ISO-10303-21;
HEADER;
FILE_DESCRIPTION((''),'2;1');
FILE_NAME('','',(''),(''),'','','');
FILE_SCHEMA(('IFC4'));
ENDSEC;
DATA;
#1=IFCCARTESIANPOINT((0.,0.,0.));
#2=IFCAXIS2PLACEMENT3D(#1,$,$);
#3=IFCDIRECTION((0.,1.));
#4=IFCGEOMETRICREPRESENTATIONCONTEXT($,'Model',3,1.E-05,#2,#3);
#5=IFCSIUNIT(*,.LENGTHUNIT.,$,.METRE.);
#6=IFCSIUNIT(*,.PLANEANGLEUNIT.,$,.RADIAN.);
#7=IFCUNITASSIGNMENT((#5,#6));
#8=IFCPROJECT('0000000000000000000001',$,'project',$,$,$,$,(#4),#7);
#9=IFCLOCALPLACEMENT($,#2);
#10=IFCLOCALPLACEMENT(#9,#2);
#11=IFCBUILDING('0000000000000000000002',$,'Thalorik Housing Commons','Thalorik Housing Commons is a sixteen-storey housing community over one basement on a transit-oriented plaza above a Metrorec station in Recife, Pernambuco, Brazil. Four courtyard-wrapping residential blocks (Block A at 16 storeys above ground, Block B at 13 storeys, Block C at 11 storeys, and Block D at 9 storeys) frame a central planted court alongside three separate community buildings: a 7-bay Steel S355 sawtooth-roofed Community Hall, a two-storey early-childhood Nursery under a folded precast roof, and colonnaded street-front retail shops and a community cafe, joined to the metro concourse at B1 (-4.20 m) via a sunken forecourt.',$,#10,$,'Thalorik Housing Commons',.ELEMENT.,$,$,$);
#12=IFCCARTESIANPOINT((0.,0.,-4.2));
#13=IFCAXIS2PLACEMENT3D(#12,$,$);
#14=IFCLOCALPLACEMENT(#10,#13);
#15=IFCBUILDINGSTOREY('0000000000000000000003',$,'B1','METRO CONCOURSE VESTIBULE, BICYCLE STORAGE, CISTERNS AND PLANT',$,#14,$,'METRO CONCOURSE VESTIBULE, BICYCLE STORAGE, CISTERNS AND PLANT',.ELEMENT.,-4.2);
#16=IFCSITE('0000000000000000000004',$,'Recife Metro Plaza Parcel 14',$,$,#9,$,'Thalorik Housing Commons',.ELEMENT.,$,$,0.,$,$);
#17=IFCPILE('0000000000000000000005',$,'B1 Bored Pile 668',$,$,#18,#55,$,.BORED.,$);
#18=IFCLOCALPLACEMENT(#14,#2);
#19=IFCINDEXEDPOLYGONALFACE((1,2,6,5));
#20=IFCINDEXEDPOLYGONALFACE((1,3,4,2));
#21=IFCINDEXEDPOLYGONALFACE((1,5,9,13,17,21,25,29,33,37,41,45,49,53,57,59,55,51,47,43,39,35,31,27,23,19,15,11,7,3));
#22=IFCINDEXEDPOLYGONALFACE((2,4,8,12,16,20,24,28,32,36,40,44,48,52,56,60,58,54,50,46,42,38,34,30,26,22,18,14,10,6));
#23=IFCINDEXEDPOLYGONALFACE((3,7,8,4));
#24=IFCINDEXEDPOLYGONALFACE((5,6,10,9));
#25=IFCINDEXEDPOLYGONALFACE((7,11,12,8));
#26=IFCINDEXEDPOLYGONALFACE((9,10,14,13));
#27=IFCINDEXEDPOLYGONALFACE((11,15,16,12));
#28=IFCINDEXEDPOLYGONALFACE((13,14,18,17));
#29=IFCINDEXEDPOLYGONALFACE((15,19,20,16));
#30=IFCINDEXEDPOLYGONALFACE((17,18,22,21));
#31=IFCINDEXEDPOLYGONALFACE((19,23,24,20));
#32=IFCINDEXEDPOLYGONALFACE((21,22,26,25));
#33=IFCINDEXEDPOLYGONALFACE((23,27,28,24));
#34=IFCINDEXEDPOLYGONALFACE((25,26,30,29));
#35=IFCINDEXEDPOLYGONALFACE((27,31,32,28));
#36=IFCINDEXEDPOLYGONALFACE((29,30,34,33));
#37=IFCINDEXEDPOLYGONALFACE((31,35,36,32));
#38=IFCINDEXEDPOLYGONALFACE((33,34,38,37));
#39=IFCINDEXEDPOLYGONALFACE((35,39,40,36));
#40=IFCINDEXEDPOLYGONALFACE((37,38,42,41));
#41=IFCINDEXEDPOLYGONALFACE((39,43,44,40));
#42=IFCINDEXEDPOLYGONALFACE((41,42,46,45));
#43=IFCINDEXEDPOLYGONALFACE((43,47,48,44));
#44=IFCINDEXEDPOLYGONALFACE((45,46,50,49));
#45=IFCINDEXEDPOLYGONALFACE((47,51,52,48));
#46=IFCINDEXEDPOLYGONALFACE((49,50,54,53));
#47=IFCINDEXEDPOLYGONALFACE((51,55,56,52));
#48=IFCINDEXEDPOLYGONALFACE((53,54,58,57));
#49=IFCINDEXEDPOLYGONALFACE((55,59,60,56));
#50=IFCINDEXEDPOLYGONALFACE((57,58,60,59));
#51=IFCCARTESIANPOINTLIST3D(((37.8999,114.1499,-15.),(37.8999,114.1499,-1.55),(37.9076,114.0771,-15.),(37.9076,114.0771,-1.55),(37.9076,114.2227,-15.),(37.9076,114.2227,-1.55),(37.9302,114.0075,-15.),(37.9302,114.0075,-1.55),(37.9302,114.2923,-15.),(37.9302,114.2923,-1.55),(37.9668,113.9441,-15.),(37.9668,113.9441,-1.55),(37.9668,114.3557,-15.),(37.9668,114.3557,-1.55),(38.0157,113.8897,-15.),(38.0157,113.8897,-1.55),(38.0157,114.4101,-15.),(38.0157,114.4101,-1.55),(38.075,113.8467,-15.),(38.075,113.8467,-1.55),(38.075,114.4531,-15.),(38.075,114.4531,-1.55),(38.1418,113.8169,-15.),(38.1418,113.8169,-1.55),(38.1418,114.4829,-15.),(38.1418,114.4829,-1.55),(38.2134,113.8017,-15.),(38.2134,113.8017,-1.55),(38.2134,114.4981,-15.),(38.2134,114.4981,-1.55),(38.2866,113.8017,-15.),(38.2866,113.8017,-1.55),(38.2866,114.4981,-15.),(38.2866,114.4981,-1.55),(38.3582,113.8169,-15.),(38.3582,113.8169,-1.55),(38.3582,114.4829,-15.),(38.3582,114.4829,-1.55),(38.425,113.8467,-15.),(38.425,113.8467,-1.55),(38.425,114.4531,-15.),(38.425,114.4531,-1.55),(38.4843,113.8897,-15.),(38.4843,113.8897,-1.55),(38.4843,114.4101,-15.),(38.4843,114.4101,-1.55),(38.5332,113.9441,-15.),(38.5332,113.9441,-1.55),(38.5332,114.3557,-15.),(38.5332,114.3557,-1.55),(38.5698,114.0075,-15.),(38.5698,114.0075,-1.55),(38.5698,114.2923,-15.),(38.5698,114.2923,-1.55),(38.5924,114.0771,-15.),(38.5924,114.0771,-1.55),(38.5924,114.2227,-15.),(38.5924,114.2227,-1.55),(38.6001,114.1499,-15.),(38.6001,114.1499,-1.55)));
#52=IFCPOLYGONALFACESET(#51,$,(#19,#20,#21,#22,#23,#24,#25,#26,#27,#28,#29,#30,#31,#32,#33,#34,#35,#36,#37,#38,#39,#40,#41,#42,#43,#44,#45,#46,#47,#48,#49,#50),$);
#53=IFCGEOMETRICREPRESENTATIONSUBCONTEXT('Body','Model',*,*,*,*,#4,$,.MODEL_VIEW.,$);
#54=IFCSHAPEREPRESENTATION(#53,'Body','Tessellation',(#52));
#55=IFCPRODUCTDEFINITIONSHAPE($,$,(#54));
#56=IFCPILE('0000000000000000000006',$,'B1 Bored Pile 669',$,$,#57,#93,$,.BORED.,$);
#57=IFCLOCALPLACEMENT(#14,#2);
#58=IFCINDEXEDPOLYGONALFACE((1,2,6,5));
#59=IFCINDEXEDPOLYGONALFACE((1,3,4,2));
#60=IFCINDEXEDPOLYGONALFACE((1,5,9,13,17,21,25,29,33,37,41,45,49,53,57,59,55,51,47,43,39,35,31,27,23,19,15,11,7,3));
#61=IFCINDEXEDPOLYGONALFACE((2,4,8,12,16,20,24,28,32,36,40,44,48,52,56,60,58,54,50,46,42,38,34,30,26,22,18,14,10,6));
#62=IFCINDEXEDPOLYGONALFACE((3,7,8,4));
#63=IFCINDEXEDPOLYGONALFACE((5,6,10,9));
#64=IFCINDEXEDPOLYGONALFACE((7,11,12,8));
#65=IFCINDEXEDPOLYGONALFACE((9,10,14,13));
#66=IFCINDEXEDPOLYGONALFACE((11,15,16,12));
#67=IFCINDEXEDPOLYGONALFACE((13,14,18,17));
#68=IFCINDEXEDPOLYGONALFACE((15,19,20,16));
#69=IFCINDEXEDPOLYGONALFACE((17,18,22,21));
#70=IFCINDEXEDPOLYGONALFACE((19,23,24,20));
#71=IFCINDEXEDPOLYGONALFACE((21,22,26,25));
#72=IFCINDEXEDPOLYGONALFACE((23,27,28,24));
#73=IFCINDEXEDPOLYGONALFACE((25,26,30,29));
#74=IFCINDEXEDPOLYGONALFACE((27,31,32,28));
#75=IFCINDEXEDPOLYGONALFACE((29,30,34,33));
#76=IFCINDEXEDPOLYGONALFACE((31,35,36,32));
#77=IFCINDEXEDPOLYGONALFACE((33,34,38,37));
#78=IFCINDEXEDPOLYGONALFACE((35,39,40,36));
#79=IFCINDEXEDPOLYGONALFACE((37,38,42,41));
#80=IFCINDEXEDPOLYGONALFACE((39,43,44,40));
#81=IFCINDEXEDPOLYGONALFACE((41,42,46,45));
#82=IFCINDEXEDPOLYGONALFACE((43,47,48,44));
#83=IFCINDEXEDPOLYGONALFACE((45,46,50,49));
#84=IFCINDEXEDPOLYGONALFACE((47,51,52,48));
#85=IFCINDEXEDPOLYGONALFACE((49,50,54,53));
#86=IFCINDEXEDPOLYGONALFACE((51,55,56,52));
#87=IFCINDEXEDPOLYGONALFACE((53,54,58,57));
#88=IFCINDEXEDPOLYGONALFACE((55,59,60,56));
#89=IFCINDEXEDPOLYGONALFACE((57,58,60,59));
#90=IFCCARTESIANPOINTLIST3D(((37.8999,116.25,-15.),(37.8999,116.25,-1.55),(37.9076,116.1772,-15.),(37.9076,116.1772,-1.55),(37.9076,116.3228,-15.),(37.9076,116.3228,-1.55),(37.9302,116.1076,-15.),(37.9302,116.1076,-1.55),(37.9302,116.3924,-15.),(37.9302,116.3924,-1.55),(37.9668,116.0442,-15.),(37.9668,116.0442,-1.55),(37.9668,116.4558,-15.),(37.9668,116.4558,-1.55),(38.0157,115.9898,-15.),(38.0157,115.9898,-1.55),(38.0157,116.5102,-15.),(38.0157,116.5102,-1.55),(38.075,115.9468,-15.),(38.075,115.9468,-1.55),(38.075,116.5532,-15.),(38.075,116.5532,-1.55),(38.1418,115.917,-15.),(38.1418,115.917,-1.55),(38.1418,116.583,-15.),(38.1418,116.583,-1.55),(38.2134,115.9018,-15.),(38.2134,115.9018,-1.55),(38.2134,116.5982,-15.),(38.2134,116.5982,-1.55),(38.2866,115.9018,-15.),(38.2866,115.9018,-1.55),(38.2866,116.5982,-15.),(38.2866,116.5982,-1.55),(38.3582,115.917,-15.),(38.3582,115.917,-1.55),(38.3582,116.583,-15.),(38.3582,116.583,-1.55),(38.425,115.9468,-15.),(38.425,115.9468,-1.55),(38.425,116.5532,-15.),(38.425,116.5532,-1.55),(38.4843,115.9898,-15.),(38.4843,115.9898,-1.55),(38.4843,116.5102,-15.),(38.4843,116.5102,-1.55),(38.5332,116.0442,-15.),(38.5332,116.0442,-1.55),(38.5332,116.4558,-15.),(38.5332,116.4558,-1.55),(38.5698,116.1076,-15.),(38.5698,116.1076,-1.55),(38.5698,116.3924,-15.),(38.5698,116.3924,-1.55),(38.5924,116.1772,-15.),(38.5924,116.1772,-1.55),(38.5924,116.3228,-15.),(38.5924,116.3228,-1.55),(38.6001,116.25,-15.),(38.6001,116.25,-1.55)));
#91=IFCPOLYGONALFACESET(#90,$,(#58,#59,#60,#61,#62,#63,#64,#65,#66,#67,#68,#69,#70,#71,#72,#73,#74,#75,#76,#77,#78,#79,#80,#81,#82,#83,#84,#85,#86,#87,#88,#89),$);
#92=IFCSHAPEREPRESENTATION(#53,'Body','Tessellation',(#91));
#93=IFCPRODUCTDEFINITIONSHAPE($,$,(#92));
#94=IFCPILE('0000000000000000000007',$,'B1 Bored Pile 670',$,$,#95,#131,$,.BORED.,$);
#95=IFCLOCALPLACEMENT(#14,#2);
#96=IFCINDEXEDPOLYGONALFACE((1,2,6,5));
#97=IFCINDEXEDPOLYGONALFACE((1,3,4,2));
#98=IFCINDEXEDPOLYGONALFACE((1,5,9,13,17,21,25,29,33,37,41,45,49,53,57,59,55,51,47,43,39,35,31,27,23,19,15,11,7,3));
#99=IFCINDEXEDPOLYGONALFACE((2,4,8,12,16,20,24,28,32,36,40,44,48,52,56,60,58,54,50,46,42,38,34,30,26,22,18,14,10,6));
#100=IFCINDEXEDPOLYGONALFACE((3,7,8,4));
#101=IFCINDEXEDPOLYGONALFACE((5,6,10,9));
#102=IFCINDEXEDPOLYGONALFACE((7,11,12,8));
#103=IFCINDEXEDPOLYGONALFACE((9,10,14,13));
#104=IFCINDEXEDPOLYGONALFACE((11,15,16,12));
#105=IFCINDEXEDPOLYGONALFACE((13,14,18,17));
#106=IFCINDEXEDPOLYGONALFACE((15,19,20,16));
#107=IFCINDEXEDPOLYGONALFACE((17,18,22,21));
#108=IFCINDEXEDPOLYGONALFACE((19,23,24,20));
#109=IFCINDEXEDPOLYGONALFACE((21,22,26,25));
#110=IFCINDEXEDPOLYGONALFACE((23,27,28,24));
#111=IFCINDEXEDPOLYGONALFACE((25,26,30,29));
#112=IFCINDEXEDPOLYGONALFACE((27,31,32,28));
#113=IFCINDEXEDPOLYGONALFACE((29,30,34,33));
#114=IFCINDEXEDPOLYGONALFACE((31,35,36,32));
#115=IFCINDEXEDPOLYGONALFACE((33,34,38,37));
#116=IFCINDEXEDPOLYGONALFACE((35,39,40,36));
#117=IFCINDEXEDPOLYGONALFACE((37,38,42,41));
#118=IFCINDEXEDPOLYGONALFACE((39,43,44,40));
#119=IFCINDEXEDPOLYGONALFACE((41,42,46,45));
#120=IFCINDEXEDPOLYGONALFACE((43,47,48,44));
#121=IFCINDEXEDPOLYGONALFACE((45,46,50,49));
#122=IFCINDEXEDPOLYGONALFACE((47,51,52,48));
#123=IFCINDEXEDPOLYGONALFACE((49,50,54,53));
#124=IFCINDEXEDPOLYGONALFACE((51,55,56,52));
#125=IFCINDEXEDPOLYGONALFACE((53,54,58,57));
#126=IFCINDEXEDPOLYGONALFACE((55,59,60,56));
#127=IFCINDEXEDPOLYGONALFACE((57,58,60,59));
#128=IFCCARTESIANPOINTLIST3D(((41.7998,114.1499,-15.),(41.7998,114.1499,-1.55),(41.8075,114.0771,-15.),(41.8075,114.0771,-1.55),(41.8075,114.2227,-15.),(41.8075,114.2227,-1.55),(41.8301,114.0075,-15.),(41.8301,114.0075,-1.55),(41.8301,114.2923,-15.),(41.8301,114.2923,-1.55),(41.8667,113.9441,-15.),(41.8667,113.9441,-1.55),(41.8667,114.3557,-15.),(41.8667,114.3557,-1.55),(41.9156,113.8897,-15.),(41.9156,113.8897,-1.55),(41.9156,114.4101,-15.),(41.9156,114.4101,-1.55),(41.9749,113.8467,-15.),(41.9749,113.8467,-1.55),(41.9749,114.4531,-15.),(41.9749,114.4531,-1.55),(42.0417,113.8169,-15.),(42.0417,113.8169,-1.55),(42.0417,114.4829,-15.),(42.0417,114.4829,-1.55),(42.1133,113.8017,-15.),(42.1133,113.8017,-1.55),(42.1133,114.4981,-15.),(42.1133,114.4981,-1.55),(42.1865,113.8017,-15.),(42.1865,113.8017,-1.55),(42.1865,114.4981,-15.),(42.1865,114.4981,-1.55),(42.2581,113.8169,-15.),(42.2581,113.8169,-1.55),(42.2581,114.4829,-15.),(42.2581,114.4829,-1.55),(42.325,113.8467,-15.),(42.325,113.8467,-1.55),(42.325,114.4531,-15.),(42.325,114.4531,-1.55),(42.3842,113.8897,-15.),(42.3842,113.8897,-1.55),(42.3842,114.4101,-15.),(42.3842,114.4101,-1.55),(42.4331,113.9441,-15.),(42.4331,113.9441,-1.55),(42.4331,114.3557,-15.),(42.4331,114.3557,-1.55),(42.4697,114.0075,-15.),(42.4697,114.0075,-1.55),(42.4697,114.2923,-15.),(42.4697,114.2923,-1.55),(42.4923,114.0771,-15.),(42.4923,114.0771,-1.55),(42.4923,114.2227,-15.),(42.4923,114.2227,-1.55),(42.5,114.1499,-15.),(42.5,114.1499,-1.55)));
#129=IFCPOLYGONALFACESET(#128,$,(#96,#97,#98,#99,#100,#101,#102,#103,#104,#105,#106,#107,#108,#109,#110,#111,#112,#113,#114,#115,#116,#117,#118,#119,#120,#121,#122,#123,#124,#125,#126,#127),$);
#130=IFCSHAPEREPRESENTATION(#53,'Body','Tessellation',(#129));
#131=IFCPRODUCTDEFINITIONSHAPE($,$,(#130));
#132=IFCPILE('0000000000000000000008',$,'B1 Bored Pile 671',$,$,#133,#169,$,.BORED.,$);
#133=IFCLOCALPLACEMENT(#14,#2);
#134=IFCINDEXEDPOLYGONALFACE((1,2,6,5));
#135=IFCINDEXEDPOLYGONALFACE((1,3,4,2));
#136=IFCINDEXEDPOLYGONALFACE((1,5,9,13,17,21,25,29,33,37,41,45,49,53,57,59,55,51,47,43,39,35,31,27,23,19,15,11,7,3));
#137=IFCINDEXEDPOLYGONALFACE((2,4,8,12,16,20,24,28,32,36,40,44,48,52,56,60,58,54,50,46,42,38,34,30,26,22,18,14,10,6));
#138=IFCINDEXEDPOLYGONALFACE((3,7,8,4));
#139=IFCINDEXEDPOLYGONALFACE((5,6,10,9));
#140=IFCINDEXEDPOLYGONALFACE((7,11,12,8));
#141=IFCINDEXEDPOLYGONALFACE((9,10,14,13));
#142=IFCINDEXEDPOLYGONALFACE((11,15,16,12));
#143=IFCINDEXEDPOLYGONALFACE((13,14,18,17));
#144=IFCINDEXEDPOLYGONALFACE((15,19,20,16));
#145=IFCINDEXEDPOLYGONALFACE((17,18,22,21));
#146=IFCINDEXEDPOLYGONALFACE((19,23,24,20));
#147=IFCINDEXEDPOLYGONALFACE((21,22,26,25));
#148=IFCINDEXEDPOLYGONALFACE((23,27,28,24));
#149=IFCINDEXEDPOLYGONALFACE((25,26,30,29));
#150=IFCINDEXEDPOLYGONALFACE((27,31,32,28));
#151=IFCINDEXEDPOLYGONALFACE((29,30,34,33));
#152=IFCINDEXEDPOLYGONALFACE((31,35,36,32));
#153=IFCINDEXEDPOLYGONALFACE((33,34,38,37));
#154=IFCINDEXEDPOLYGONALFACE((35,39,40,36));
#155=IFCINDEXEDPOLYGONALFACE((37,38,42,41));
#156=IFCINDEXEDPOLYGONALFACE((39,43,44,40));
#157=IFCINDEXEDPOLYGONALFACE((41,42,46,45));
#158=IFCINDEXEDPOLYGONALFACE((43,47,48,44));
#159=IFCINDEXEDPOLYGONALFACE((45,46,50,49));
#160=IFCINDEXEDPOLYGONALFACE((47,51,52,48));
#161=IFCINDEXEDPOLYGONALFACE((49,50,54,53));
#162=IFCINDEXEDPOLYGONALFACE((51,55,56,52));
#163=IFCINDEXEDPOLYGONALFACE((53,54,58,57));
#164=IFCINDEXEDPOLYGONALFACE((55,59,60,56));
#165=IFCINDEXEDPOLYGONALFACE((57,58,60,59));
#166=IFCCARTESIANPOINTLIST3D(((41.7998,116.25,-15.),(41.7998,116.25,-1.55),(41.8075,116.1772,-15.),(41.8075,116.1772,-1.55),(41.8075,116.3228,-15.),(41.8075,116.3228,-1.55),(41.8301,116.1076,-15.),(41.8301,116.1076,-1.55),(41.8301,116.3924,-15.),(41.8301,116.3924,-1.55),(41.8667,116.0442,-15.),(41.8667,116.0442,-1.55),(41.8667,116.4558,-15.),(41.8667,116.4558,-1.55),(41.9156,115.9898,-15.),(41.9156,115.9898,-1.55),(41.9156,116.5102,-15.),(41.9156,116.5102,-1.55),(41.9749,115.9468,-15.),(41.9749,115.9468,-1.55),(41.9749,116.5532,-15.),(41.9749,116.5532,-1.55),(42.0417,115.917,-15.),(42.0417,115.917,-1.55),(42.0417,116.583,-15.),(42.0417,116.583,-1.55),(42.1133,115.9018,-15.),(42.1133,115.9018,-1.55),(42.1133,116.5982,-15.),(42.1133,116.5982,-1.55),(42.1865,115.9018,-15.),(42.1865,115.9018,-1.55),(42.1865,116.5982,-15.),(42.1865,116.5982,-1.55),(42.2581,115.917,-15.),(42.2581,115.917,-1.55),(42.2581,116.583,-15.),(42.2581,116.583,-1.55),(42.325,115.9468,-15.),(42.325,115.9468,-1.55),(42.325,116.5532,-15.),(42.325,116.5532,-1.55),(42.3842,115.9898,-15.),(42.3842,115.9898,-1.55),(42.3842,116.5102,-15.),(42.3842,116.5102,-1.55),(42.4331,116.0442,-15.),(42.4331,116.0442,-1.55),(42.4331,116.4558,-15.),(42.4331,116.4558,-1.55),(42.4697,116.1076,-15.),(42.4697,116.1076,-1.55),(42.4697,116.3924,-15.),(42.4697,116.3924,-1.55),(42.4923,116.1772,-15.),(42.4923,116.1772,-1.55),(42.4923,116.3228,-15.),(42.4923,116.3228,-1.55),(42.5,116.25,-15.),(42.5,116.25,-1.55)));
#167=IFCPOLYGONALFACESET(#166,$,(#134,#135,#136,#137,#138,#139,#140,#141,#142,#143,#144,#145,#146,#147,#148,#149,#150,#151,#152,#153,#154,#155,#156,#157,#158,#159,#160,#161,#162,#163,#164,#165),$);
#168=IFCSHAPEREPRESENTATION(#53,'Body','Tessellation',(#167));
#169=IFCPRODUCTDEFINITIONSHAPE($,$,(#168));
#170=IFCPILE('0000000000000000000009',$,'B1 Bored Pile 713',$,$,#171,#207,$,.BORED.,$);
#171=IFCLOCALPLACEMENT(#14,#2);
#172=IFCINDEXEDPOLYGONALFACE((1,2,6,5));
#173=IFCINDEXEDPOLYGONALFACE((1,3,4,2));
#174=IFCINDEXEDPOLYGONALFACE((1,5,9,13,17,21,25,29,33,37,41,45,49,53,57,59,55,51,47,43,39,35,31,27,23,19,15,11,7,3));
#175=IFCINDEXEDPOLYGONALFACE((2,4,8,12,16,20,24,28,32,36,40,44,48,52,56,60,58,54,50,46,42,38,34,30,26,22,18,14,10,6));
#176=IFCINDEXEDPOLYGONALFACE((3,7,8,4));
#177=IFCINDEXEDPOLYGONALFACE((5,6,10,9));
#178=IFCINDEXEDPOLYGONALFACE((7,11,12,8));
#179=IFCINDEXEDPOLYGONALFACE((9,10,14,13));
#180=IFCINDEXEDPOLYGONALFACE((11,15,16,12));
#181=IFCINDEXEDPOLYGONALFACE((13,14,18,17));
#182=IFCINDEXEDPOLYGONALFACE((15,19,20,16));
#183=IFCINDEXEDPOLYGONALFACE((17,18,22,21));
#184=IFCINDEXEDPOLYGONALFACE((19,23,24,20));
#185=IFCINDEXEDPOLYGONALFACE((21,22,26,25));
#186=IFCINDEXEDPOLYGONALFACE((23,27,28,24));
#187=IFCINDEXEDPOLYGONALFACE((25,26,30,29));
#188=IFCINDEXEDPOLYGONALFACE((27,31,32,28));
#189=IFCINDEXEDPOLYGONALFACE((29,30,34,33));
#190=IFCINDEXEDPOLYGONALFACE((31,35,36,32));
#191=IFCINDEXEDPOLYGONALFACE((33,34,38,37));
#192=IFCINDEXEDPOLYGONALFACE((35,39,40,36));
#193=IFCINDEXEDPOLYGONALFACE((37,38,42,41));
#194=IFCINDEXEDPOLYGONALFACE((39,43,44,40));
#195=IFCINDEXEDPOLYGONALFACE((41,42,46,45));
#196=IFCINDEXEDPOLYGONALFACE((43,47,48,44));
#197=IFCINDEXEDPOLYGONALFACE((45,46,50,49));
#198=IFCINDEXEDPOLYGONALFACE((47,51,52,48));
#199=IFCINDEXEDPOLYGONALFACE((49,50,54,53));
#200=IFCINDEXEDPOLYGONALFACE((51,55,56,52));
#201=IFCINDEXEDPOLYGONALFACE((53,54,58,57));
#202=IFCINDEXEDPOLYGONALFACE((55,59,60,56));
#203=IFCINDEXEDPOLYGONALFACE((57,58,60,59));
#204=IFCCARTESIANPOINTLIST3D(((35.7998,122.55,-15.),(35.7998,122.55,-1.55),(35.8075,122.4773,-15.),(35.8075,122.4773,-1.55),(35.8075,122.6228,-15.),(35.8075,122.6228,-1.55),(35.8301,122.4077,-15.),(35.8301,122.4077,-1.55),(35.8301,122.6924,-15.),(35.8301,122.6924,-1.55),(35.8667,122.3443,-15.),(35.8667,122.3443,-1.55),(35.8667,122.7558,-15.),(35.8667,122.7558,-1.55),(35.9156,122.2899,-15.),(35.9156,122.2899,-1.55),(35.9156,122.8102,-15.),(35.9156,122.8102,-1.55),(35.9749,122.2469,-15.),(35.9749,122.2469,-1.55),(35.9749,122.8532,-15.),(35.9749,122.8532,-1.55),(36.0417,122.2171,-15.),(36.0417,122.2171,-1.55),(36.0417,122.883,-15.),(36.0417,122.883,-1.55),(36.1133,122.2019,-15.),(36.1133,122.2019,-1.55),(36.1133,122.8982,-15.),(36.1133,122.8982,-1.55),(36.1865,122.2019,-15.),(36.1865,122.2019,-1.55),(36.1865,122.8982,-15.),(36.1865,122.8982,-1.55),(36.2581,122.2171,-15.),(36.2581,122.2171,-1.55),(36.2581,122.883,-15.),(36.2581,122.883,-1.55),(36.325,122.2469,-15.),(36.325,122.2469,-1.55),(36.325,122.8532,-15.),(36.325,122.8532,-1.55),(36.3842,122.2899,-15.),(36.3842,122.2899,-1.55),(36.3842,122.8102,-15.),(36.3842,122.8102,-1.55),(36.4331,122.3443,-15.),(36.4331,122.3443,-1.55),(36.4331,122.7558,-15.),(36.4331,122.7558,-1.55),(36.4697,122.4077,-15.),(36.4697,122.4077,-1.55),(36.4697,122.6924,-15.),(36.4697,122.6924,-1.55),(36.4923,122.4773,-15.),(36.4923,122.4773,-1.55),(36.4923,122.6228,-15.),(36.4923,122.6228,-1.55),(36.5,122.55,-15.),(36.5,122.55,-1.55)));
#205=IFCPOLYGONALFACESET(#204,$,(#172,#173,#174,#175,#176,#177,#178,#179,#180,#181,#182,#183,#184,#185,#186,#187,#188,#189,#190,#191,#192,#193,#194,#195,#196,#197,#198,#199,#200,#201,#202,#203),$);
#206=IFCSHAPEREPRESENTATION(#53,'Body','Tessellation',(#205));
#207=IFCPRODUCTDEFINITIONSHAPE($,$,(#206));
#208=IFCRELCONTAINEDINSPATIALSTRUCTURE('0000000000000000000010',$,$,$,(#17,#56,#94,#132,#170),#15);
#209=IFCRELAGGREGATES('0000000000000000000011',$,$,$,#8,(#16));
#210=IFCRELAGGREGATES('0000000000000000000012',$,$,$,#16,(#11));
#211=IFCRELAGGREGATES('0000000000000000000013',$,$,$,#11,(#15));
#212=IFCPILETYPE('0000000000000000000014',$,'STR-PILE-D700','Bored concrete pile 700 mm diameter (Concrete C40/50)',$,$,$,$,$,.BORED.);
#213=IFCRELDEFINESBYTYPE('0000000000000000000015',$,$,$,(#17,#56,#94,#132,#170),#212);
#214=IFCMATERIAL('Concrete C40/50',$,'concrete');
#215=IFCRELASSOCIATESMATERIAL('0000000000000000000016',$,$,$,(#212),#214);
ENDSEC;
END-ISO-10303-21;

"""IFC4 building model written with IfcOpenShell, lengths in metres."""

from ifc_helpers import new_model, si_unit, direction, frame, origin, origin_2d, place, context, subcontext, project, spatial, circle, extrude, material, material_profile, profile_set, type_object, element, save


model = new_model("IFC4")

# Units and contexts
model_context = context("Model", 3, precision=1e-05, world=origin(), true_north=direction((0.0, 1.0)))
body_context = subcontext(model_context, "Body", "Model", "MODEL_VIEW")
ifc_project = project(units=[si_unit("LENGTHUNIT", "METRE"), si_unit("PLANEANGLEUNIT", "RADIAN")], contexts=[model_context])

# Site, building, storey
site_placement = place(None, origin())
site = spatial("IfcSite", under=ifc_project, at=site_placement, Name="Recife Metro Plaza Parcel 14", LongName="Thalorik Housing Commons", CompositionType="ELEMENT", RefElevation=0.0)
building_placement = place(site_placement, origin())
building = spatial("IfcBuilding", under=site, at=building_placement, Name="Thalorik Housing Commons", Description="Thalorik Housing Commons is a sixteen-storey housing community over one basement on a transit-oriented plaza above a Metrorec station in Recife, Pernambuco, Brazil. Four courtyard-wrapping residential blocks (Block A at 16 storeys above ground, Block B at 13 storeys, Block C at 11 storeys, and Block D at 9 storeys) frame a central planted court alongside three separate community buildings: a 7-bay Steel S355 sawtooth-roofed Community Hall, a two-storey early-childhood Nursery under a folded precast roof, and colonnaded street-front retail shops and a community cafe, joined to the metro concourse at B1 (-4.20 m) via a sunken forecourt.", LongName="Thalorik Housing Commons", CompositionType="ELEMENT")
storey_placement = place(building_placement, frame((0.0, 0.0, -4.2)))
storey = spatial("IfcBuildingStorey", under=building, at=storey_placement, Name="B1", Description="METRO CONCOURSE VESTIBULE, BICYCLE STORAGE, CISTERNS AND PLANT", LongName="METRO CONCOURSE VESTIBULE, BICYCLE STORAGE, CISTERNS AND PLANT", CompositionType="ELEMENT", Elevation=-4.2)

# Shared definitions
ifc_material_1 = material(Name="Concrete C40/50", Category="concrete")

# Piles
ifc_material_profile_1 = material_profile(ifc_material_1, circle(Radius=0.3501, at=origin_2d()), Name="BORED PILE D700", Category="concrete")
ifc_profile_set_1 = profile_set([ifc_material_profile_1], Name="Concrete C40/50")
pile_type = type_object("IfcPileType", Name="STR-PILE-D700", Description="Bored concrete pile 700 mm diameter (Concrete C40/50)", PredefinedType="BORED", material=ifc_profile_set_1)
for number, where, z_axis, x_axis, name in (
    (1, (38.25, 114.1499, -1.55), (0.0, 0.0, -1.0), (1.0, 0.0, 0.0), "B1 Bored Pile 668"),
    (2, (38.25, 116.25, -1.55), (0.0, 0.0, -1.0), (1.0, 0.0, 0.0), "B1 Bored Pile 669"),
    (3, (42.1499, 114.1499, -1.55), (0.0, 0.0, -1.0), (1.0, 0.0, 0.0), "B1 Bored Pile 670"),
    (4, (42.1499, 116.25, -1.55), (0.0, 0.0, -1.0), (1.0, 0.0, 0.0), "B1 Bored Pile 671"),
    (5, (36.1499, 122.55, -1.55), (0.0, 0.0, -1.0), (1.0, 0.0, 0.0), "B1 Bored Pile 713"),
):
    element("IfcPile", number, at=place(storey_placement, frame(where, z_axis=z_axis, x_axis=x_axis)), inside=storey, type_object=pile_type, Name=name, PredefinedType="BORED", context=body_context, shape_type="SweptSolid", body=[
        extrude(circle(Radius=0.3501, at=origin_2d()), origin(), (0.0, 0.0, 1.0), 13.45),
    ])

save(model, "model.ifc")
